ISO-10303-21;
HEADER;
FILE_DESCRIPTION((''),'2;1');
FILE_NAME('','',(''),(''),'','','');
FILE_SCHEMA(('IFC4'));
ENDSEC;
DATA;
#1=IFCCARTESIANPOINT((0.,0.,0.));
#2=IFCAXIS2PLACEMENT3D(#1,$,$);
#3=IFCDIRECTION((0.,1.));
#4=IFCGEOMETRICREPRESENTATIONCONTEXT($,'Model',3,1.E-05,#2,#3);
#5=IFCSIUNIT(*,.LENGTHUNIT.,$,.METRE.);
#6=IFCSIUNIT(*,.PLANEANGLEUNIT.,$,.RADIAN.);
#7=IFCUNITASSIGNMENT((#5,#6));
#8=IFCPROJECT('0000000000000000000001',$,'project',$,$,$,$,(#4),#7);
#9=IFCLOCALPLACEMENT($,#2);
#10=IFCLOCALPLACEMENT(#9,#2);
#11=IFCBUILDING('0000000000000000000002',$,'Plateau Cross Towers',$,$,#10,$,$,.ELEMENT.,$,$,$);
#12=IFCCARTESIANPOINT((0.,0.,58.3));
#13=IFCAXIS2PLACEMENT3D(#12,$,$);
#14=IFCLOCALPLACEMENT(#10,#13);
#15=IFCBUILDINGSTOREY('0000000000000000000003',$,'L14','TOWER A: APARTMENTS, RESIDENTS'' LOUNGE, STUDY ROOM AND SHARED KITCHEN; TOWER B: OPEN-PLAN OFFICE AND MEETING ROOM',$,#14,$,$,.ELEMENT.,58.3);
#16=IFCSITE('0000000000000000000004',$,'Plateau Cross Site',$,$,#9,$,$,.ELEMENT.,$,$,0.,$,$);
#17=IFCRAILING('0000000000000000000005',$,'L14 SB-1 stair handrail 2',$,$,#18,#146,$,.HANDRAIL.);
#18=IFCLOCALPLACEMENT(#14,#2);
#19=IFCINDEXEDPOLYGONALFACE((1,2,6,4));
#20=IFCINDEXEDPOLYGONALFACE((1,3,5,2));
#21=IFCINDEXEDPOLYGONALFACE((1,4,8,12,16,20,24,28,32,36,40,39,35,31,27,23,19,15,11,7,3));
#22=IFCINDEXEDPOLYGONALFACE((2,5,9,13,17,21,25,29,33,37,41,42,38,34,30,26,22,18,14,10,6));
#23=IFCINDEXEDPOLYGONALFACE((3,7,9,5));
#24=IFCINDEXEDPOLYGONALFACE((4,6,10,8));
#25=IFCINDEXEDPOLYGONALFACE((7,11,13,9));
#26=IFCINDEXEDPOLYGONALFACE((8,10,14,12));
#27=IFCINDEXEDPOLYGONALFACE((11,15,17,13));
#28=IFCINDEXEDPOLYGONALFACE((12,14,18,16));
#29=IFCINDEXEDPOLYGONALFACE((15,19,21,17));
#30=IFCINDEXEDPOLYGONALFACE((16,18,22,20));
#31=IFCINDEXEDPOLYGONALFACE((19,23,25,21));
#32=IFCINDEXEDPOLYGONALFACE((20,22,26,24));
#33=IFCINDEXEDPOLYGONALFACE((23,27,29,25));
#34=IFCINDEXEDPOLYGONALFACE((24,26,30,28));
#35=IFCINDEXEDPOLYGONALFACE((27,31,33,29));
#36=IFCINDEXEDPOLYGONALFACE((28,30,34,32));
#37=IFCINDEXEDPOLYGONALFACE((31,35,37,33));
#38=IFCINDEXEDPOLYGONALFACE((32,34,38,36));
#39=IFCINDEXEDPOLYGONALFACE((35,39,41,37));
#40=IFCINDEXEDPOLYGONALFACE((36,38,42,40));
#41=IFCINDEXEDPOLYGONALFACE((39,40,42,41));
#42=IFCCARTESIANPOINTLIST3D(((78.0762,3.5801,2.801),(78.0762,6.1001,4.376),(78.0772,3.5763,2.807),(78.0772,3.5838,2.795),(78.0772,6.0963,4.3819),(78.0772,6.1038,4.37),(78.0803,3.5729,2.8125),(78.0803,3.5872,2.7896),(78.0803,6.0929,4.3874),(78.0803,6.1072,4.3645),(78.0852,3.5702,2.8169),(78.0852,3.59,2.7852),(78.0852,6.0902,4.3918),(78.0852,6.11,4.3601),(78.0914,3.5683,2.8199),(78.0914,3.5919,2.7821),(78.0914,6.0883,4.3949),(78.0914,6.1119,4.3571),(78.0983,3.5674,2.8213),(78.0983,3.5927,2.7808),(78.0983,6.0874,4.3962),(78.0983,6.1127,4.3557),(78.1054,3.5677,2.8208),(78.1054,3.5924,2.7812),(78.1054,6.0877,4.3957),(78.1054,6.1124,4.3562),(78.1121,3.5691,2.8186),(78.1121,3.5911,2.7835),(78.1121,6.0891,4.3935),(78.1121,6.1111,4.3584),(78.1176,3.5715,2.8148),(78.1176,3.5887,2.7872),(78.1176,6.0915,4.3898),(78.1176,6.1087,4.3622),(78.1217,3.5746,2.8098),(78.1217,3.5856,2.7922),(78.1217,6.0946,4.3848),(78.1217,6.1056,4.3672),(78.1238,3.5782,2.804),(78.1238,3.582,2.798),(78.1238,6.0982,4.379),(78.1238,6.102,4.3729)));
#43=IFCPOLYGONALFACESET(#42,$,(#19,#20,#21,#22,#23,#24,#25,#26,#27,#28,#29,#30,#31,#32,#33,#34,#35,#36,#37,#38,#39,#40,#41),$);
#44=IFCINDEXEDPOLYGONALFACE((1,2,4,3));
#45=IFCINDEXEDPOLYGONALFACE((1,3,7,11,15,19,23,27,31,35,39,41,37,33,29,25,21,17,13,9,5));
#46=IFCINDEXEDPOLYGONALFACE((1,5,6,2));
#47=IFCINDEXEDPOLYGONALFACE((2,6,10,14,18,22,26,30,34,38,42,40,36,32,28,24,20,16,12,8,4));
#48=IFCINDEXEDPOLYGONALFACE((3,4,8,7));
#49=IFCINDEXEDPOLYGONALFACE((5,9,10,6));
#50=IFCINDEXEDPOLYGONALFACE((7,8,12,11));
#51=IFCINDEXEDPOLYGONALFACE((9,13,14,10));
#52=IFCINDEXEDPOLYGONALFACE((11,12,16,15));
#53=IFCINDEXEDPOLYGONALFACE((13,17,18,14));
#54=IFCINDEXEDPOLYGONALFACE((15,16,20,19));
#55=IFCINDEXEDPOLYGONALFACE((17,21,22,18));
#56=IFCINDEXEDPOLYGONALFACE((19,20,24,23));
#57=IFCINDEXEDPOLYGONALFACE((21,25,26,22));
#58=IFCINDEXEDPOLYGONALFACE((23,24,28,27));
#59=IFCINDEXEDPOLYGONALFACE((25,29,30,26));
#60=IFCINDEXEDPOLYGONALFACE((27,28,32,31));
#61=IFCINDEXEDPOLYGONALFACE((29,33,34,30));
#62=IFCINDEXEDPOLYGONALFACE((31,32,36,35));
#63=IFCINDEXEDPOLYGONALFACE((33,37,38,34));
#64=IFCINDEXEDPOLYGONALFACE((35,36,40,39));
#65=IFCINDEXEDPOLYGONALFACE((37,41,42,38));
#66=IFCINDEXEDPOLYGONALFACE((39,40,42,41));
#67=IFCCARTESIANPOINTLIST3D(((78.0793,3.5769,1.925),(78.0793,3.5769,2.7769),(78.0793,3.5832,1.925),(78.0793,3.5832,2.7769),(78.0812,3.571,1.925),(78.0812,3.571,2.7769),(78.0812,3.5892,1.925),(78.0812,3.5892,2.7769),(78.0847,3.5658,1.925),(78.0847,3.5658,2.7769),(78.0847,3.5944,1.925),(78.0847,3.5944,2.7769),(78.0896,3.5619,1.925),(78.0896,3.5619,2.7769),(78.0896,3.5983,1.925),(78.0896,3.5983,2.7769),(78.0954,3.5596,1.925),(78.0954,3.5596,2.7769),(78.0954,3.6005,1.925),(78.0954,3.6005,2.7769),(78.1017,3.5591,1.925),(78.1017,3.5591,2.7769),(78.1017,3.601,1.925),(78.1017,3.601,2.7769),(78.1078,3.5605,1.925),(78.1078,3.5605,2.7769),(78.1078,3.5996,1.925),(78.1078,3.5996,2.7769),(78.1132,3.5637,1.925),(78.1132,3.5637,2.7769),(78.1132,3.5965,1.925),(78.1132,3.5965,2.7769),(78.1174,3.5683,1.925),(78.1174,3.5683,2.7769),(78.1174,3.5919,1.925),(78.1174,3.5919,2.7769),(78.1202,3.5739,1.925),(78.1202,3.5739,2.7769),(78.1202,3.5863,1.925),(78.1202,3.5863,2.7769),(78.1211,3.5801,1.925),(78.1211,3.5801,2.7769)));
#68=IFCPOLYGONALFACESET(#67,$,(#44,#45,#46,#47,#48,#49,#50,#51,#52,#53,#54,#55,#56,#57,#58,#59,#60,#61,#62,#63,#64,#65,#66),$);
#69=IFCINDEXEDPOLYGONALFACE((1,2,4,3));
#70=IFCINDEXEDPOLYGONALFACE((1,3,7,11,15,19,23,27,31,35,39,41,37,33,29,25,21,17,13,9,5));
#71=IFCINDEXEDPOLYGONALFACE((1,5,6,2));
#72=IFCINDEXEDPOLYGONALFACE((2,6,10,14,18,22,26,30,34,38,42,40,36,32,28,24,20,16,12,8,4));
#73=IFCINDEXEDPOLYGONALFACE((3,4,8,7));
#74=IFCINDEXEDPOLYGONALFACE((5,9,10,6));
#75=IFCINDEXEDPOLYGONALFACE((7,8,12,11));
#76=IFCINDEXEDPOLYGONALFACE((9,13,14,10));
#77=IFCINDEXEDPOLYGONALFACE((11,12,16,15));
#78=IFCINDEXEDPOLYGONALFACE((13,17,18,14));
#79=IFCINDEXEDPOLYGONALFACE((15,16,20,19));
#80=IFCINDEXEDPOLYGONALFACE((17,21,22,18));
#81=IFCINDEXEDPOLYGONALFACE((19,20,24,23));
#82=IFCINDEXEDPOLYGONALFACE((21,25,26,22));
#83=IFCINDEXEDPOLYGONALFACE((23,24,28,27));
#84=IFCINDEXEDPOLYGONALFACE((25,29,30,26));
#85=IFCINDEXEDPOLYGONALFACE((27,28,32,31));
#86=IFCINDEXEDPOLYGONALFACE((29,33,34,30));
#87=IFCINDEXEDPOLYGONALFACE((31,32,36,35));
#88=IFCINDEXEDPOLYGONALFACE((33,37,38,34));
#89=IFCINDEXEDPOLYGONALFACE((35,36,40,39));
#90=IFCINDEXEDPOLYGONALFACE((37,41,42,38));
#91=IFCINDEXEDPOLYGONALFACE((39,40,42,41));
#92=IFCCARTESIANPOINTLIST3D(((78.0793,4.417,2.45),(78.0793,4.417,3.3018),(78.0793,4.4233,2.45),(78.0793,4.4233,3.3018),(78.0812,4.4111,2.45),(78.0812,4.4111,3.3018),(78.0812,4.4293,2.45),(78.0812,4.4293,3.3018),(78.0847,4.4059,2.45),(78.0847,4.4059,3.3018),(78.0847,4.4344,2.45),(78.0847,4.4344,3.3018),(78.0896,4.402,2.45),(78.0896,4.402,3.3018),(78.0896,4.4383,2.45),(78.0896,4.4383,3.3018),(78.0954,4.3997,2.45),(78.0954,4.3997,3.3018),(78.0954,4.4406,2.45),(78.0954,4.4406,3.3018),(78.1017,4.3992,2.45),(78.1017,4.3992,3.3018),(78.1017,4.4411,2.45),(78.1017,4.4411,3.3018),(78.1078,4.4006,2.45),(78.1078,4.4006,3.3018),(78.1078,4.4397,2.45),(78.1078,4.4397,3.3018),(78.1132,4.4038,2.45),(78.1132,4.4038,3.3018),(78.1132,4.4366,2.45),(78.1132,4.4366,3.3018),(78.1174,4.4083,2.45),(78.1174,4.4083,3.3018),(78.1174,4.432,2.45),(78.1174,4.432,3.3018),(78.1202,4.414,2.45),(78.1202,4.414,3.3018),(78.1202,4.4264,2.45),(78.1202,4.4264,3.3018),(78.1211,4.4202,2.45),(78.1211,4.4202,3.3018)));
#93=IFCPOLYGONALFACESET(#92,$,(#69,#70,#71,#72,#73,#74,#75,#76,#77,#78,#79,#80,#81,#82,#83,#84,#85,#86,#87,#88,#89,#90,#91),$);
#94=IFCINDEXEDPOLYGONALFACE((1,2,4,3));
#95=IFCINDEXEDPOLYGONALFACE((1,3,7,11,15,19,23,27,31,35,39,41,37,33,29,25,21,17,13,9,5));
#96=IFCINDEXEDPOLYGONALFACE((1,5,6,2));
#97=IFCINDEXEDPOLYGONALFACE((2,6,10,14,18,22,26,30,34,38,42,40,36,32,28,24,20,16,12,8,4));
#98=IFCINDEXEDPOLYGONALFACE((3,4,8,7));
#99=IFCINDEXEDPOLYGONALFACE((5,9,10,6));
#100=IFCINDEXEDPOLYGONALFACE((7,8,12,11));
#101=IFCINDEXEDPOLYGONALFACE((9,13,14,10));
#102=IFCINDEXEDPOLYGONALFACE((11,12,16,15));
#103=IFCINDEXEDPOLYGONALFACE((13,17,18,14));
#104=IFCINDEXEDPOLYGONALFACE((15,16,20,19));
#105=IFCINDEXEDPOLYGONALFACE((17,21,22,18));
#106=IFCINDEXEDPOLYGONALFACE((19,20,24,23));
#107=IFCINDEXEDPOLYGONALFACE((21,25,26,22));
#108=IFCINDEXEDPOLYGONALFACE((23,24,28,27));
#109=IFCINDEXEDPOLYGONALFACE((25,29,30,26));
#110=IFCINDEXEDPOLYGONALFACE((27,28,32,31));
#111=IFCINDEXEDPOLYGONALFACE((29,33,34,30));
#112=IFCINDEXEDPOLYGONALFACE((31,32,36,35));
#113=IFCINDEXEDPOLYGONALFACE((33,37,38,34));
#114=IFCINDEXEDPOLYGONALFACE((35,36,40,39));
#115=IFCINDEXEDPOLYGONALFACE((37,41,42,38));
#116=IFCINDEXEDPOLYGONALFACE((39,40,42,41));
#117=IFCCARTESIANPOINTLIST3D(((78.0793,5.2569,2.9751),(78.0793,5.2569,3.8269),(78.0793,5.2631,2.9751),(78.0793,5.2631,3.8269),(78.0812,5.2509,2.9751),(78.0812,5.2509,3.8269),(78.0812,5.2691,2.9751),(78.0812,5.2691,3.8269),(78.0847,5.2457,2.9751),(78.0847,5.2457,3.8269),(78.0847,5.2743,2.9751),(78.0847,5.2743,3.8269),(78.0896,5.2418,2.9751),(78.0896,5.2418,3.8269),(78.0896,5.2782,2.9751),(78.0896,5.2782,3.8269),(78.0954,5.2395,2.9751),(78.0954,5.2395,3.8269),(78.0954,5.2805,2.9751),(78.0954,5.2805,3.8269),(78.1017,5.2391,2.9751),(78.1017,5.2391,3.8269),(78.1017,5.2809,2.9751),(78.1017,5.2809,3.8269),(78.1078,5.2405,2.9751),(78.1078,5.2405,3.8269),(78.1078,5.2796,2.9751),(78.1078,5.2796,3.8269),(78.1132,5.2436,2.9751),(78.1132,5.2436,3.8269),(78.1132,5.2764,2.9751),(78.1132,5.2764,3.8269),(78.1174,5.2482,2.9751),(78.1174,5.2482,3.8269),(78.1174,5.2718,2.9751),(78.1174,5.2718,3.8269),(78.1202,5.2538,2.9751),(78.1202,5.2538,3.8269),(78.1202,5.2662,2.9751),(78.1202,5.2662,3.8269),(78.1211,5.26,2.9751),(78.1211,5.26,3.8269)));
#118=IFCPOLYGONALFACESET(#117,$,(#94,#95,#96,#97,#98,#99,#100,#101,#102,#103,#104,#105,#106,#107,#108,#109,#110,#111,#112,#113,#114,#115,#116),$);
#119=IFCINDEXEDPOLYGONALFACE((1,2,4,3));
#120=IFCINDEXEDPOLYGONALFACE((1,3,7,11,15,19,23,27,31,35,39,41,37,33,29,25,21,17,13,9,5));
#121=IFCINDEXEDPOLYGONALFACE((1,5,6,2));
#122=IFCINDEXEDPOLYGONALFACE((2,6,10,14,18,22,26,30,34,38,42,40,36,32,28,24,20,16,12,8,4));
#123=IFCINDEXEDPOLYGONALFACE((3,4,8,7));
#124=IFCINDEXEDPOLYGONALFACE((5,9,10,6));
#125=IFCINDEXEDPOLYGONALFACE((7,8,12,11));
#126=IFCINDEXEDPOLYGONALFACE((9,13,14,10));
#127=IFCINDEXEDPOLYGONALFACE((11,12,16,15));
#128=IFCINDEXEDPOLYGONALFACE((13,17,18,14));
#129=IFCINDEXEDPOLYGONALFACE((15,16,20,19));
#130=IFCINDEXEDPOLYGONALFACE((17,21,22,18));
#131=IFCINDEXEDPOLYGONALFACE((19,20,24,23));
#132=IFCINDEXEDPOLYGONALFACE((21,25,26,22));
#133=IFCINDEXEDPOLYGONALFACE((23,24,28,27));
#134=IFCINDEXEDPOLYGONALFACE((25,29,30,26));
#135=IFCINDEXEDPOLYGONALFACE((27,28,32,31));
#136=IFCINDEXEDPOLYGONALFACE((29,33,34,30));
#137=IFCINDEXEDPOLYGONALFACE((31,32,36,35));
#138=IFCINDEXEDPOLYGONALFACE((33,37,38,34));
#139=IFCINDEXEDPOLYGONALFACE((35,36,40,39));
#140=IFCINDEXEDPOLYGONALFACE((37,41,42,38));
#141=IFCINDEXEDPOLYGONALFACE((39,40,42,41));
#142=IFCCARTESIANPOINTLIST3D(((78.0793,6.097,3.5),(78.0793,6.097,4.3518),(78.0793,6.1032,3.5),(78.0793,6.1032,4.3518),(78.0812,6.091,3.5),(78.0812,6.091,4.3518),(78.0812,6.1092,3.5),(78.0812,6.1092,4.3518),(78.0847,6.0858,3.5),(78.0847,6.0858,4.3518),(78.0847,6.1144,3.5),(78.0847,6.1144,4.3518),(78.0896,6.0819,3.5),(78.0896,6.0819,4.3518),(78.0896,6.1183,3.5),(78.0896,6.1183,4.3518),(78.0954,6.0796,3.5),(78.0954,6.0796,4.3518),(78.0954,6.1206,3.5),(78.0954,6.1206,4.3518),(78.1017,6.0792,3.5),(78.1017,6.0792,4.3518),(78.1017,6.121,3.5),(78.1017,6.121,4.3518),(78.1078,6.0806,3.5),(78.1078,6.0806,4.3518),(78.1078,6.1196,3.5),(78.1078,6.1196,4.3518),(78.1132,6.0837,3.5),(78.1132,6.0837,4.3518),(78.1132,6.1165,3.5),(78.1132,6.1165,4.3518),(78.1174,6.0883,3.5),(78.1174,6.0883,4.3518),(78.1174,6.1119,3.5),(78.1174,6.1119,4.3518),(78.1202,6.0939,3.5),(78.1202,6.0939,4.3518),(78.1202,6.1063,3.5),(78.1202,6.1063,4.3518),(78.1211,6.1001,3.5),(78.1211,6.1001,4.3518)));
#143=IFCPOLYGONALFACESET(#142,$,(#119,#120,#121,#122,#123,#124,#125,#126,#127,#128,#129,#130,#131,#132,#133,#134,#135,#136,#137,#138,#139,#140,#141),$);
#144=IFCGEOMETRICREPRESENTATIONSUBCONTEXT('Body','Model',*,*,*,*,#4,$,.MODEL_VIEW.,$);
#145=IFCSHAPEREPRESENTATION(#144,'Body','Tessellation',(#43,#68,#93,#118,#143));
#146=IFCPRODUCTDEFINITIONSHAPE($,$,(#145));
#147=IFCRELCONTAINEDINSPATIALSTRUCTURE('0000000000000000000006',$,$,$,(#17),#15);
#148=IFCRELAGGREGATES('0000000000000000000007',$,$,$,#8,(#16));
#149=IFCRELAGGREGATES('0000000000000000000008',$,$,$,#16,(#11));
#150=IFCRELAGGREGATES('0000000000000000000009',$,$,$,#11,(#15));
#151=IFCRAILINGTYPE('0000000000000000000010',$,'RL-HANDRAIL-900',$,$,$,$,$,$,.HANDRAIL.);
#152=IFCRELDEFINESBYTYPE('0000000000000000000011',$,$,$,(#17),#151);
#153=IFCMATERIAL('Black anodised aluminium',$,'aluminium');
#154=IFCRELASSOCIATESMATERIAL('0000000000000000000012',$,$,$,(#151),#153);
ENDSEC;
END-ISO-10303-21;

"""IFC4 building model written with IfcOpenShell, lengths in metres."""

from ifc_helpers import new_model, si_unit, direction, frame, origin, origin_2d, place, context, subcontext, project, spatial, circle, extrude, material, type_object, element, save


model = new_model("IFC4")

# Units and contexts
model_context = context("Model", 3, precision=1e-05, world=origin(), true_north=direction((0.0, 1.0)))
body_context = subcontext(model_context, "Body", "Model", "MODEL_VIEW")
ifc_project = project(units=[si_unit("LENGTHUNIT", "METRE"), si_unit("PLANEANGLEUNIT", "RADIAN")], contexts=[model_context])

# Site, building, storey
site_placement = place(None, origin())
site = spatial("IfcSite", under=ifc_project, at=site_placement, Name="Plateau Cross Site", CompositionType="ELEMENT", RefElevation=0.0)
building_placement = place(site_placement, origin())
building = spatial("IfcBuilding", under=site, at=building_placement, Name="Plateau Cross Towers", CompositionType="ELEMENT")
storey_placement = place(building_placement, frame((0.0, 0.0, 58.3)))
storey = spatial("IfcBuildingStorey", under=building, at=storey_placement, Name="L14", Description="TOWER A: APARTMENTS, RESIDENTS' LOUNGE, STUDY ROOM AND SHARED KITCHEN; TOWER B: OPEN-PLAN OFFICE AND MEETING ROOM", CompositionType="ELEMENT", Elevation=58.3)

# Railing
ifc_material_1 = material(Name="Black anodised aluminium", Category="aluminium")
railing_type_1 = type_object("IfcRailingType", Name="RL-HANDRAIL-900", PredefinedType="HANDRAIL", material=ifc_material_1)
railing_1_placement = place(storey_placement, frame((78.1001, 3.5801, 1.925)))
element("IfcRailing", 1, at=railing_1_placement, inside=storey, type_object=railing_type_1, Name="L14 SB-1 stair handrail 2", PredefinedType="HANDRAIL", context=body_context, shape_type="SweptSolid", body=[
    extrude(circle(Radius=0.0239, at=origin_2d()), frame((0.0, 0.0, 0.876), z_axis=(0.0, 0.848008, 0.529984), x_axis=(-1.0, 0.0, 0.0)), (0.0, 0.0, 1.0), 2.9717),
    extrude(circle(Radius=0.021, at=origin_2d()), origin(), (0.0, 0.0, 1.0), 0.8518),
    extrude(circle(Radius=0.021, at=origin_2d()), frame((0.0, 0.8401, 0.5249)), (0.0, 0.0, 1.0), 0.8518),
    extrude(circle(Radius=0.021, at=origin_2d()), frame((0.0, 1.6799, 1.05)), (0.0, 0.0, 1.0), 0.8518),
    extrude(circle(Radius=0.021, at=origin_2d()), frame((0.0, 2.52, 1.575)), (0.0, 0.0, 1.0), 0.8518),
])

save(model, "model.ifc")
